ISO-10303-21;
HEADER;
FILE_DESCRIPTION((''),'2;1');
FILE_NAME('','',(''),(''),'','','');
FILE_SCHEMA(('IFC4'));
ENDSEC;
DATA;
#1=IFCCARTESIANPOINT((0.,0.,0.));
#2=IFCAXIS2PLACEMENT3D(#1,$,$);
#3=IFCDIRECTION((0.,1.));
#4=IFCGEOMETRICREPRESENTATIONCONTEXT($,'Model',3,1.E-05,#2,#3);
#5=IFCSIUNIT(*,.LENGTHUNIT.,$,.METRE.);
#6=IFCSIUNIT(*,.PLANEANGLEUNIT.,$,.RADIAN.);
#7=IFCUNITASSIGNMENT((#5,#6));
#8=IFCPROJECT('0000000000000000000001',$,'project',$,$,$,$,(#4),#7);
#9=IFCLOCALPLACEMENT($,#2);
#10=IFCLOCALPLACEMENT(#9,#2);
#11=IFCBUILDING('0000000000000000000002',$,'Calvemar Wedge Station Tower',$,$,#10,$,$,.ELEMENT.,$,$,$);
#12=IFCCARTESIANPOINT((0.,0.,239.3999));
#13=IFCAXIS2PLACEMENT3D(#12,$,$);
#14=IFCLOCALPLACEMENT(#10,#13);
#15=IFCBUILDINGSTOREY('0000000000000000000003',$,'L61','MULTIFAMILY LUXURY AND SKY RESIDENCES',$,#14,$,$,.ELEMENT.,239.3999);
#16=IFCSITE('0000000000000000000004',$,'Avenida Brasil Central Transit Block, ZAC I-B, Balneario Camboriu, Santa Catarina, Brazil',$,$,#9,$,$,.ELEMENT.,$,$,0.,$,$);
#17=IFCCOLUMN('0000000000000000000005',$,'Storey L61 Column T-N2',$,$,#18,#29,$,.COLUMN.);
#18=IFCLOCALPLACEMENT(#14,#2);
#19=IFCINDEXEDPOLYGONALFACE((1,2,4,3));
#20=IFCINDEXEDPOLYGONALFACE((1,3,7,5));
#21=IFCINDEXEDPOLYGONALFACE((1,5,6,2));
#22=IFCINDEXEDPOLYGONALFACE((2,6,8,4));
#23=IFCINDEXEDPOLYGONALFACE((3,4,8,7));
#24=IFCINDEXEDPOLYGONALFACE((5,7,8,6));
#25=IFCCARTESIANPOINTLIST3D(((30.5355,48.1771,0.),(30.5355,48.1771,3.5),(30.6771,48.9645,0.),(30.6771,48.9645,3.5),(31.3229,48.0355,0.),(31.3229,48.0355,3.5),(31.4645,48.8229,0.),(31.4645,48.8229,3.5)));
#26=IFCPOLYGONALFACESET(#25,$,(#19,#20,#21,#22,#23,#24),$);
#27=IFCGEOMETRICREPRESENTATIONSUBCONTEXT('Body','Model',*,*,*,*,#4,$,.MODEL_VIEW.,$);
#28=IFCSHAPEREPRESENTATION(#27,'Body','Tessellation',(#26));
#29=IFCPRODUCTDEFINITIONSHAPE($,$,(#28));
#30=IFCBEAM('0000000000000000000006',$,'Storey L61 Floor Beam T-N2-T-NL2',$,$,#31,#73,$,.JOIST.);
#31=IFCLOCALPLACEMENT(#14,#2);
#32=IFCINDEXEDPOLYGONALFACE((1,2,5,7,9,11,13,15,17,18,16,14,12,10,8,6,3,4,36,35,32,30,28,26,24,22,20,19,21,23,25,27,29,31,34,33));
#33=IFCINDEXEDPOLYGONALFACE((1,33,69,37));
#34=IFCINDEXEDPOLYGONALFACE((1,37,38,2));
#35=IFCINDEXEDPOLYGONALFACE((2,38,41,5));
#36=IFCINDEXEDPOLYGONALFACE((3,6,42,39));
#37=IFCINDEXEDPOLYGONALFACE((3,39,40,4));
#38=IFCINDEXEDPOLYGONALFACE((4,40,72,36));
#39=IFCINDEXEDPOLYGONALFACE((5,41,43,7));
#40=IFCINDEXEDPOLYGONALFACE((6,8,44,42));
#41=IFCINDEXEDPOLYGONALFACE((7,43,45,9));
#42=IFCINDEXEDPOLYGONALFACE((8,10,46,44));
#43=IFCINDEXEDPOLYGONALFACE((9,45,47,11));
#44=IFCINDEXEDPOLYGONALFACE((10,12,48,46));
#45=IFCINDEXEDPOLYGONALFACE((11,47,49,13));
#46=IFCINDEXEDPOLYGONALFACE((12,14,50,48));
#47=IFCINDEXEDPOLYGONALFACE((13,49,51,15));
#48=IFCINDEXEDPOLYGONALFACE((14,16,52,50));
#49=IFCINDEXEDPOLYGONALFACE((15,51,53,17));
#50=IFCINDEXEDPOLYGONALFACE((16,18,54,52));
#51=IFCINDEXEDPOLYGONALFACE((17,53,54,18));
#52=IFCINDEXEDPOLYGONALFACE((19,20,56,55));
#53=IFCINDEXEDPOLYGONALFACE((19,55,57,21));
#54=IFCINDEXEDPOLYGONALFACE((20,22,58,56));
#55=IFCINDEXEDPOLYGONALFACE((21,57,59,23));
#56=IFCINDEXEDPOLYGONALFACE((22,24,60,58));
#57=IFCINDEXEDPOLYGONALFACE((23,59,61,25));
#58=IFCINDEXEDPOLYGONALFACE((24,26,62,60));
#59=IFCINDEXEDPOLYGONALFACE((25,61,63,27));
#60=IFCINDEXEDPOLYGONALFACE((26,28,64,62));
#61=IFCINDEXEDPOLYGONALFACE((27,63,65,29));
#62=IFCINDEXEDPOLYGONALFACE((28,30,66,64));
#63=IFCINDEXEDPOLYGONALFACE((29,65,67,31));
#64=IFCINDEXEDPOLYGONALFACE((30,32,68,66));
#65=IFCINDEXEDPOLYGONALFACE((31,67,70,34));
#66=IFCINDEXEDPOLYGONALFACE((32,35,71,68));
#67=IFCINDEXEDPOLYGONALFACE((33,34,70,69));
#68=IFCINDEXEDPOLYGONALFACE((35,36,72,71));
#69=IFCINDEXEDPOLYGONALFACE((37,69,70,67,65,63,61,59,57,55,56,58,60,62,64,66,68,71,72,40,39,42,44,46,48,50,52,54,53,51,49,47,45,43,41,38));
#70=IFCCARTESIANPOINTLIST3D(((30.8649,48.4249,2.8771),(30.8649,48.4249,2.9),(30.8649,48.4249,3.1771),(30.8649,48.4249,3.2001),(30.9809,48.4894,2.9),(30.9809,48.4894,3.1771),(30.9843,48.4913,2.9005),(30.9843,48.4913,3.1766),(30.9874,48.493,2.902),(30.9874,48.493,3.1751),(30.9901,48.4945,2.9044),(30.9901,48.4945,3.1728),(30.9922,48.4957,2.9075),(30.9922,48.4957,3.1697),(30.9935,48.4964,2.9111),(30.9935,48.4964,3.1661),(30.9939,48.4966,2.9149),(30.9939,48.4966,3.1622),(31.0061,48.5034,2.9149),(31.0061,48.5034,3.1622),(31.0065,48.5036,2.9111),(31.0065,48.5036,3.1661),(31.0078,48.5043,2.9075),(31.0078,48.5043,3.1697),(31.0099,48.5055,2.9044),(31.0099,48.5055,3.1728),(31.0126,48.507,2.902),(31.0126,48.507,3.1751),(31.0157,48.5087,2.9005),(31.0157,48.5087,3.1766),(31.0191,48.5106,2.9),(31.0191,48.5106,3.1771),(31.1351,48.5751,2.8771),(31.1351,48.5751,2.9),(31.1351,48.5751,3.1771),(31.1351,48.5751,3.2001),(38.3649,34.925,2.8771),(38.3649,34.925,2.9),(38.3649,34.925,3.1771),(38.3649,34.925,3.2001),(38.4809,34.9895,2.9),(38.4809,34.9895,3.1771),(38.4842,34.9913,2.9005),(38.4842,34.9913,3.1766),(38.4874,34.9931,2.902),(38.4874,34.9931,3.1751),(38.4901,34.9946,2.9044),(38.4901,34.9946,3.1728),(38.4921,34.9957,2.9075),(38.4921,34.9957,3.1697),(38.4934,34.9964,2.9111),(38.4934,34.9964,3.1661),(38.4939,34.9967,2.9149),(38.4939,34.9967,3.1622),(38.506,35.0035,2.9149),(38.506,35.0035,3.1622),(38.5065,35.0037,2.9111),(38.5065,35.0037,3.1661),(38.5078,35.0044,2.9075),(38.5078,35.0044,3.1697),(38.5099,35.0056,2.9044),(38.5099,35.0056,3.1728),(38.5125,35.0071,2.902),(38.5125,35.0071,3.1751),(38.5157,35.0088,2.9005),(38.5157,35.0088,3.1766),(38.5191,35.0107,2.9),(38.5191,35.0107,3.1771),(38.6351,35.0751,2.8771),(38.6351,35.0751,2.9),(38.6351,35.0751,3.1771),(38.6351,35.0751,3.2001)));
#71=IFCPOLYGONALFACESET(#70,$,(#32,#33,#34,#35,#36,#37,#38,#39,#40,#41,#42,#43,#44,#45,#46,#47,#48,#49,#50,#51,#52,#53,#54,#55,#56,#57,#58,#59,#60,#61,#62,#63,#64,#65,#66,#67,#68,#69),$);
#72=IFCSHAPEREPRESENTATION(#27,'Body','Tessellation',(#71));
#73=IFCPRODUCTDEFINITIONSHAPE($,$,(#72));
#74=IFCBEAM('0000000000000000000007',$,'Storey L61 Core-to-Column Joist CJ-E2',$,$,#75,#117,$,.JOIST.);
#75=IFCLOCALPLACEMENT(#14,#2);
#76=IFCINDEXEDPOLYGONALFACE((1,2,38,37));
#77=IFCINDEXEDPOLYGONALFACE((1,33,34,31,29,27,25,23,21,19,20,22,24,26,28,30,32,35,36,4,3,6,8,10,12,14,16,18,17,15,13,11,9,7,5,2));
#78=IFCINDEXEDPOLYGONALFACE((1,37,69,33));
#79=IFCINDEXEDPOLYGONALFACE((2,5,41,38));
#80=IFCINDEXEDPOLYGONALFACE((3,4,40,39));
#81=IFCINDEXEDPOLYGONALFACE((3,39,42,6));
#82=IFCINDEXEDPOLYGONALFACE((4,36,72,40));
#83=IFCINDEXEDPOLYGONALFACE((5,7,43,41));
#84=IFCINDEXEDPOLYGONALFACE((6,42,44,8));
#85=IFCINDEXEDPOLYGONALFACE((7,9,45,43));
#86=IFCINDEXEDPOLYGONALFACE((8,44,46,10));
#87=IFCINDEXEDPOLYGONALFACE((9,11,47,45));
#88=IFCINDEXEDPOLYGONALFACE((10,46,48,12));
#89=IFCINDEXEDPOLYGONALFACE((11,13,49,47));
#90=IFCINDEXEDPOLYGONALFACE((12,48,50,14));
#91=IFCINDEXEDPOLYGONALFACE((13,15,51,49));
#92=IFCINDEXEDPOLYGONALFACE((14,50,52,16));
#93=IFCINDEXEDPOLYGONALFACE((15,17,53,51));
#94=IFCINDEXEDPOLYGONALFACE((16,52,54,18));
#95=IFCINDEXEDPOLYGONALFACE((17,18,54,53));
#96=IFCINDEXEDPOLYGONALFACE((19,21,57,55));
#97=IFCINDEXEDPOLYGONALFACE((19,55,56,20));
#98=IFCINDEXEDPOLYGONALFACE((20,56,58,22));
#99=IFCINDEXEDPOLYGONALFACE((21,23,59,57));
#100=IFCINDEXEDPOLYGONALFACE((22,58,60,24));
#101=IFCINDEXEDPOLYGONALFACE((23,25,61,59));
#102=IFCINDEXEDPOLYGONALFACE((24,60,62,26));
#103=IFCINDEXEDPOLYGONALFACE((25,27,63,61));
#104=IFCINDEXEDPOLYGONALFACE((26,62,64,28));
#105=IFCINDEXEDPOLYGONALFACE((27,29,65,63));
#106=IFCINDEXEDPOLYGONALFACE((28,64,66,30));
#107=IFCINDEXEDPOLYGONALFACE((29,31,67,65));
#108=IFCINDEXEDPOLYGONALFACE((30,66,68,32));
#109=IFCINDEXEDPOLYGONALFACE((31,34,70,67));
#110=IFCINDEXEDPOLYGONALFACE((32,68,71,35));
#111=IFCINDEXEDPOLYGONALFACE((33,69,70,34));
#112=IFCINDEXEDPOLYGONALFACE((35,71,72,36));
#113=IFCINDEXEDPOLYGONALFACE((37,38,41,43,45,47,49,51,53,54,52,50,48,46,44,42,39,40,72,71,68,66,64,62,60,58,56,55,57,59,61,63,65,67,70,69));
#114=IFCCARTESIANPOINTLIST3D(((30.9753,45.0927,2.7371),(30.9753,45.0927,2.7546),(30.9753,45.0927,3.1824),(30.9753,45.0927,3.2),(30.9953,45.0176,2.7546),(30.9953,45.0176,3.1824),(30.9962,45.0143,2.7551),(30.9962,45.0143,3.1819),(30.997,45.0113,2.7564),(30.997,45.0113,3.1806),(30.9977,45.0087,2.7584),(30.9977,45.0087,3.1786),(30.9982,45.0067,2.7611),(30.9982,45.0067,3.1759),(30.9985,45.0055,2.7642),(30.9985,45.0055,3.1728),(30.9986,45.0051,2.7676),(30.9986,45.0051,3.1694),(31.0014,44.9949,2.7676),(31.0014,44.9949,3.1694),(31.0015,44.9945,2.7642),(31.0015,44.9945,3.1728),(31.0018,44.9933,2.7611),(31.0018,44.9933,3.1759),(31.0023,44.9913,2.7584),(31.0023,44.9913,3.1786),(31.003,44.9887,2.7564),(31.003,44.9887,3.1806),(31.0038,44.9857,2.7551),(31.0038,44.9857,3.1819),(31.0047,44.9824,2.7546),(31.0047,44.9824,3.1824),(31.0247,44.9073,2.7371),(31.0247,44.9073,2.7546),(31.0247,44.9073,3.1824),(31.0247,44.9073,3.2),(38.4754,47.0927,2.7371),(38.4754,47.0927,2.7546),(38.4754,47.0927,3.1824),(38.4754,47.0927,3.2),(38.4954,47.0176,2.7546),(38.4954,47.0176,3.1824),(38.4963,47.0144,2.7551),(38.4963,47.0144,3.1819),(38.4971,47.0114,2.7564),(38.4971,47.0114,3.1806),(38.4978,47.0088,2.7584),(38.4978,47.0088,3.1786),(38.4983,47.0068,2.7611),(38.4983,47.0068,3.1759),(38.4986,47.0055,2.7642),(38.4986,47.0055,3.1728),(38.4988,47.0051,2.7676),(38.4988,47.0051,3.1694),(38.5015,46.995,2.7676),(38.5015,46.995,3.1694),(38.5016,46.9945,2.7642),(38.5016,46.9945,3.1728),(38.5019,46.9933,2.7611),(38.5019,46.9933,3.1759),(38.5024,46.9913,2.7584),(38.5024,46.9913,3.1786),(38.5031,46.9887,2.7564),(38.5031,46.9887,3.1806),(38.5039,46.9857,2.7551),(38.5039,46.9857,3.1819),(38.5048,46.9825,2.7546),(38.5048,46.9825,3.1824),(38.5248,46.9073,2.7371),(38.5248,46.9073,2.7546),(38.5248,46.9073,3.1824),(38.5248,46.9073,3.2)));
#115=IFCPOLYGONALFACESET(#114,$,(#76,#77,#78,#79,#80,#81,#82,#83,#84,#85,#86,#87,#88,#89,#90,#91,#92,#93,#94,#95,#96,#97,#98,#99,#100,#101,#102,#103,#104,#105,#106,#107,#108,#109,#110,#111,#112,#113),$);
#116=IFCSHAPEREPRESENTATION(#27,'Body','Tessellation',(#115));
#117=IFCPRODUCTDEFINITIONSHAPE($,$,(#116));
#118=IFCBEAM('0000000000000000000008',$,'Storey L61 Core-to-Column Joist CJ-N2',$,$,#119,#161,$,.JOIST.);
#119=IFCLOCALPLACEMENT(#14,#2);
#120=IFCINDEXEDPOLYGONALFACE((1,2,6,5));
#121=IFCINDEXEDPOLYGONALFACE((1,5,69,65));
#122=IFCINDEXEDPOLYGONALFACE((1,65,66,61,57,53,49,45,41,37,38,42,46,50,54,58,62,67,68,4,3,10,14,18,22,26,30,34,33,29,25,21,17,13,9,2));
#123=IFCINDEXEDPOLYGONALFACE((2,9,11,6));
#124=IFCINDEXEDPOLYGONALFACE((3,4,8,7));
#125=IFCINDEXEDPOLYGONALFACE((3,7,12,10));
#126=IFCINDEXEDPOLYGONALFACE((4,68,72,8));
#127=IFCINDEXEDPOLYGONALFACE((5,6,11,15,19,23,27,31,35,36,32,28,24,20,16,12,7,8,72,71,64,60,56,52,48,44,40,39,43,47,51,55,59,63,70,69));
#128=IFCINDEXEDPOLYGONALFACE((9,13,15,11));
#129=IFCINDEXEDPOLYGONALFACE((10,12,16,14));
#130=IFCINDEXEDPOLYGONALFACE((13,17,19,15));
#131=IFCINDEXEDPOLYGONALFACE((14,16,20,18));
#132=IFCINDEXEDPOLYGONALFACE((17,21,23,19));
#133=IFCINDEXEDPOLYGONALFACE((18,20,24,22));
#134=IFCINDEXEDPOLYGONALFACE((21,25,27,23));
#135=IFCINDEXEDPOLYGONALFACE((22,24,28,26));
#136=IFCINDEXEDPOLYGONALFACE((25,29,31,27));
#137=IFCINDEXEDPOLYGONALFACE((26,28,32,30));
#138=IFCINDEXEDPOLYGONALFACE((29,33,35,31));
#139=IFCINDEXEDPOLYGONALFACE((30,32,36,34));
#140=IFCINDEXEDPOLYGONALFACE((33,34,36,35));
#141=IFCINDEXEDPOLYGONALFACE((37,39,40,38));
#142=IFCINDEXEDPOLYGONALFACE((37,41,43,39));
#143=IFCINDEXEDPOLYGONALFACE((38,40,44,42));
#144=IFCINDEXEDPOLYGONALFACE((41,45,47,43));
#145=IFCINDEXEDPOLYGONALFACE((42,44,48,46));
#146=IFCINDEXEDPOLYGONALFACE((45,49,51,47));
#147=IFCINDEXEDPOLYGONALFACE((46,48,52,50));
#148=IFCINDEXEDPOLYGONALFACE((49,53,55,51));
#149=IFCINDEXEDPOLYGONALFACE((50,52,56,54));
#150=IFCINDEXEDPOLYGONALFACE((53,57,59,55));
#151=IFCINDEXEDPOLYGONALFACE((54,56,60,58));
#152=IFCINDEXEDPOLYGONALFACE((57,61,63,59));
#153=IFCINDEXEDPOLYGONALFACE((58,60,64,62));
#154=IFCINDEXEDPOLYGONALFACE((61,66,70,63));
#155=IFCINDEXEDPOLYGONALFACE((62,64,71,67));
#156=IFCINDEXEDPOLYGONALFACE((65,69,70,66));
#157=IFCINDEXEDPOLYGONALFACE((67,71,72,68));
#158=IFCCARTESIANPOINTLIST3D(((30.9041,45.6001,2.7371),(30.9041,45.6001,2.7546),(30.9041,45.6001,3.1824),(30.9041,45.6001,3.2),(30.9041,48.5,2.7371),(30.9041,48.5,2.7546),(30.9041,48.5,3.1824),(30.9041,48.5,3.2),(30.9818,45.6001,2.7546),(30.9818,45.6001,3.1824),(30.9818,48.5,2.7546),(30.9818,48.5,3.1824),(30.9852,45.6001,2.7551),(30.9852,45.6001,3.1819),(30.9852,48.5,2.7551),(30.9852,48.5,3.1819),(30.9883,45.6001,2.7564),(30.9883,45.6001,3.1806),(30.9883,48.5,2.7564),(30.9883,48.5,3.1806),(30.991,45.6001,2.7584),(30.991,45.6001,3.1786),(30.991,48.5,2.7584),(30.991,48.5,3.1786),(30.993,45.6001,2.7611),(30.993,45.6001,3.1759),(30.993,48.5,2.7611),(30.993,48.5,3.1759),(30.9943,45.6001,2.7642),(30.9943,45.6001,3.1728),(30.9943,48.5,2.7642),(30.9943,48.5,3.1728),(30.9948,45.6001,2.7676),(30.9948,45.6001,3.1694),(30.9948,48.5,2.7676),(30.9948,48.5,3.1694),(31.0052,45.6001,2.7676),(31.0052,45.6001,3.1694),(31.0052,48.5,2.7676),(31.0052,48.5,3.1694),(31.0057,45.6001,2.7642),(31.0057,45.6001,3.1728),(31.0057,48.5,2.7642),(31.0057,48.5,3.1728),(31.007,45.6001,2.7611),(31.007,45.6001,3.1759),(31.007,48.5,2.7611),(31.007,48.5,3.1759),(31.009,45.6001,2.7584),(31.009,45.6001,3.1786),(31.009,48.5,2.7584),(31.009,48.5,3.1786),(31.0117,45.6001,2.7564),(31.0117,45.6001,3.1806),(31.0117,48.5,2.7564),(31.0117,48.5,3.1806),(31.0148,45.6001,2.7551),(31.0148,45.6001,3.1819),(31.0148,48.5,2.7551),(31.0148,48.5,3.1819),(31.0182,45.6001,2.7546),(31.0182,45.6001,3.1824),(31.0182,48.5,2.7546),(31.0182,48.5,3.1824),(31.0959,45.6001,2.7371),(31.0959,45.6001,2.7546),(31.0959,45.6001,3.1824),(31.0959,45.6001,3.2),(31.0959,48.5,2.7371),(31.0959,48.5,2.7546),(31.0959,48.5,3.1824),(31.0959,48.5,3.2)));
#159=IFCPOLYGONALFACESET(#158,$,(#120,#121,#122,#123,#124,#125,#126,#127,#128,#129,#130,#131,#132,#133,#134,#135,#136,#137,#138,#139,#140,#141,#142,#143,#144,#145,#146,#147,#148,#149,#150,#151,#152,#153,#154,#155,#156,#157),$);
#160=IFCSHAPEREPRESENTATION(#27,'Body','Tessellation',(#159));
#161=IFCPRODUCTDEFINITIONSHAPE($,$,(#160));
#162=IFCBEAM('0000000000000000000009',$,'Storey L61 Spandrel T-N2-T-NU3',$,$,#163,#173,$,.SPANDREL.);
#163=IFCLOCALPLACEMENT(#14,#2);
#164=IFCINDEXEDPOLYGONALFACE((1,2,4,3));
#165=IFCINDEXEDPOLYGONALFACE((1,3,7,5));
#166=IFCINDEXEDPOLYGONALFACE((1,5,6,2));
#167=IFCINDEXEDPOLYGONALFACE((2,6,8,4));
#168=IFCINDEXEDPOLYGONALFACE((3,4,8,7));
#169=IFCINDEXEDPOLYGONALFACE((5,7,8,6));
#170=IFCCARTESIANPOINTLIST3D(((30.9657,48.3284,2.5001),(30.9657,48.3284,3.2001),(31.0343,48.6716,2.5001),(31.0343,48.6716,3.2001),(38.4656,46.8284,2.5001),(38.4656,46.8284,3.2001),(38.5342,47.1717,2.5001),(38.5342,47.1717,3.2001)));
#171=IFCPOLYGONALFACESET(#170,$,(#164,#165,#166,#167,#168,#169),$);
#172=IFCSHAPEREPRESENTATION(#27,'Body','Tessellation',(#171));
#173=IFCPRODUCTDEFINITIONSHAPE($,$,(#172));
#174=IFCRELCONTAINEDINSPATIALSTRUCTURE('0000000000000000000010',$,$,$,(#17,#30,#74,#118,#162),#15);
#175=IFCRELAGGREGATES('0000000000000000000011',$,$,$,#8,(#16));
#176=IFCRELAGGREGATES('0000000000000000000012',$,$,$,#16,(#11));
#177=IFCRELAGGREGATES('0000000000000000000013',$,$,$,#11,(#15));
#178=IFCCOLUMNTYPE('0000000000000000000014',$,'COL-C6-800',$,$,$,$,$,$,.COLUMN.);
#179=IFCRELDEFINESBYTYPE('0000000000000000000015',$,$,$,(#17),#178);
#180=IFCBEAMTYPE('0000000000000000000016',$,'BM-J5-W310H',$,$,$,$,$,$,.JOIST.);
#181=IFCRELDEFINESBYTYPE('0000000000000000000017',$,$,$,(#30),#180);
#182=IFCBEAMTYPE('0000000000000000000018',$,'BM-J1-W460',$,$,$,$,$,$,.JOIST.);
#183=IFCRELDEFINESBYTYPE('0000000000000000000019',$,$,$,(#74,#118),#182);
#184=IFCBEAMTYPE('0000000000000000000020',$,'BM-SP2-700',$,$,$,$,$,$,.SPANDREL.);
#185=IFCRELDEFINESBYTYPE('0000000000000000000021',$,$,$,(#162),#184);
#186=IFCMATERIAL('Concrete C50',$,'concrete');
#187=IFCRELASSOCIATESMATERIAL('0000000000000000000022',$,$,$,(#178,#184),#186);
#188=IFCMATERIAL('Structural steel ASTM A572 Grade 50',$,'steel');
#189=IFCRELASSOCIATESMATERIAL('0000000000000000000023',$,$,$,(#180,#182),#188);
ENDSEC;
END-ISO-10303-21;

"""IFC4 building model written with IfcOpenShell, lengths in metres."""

from ifc_helpers import new_model, si_unit, direction, frame, origin, origin_2d, place, context, subcontext, project, spatial, rectangle, i_section, extrude, source, transform, mapped, material, material_profile, profile_set, type_object, element, save


model = new_model("IFC4")

# Units and contexts
model_context = context("Model", 3, precision=1e-05, world=origin(), true_north=direction((0.0, 1.0)))
body_context = subcontext(model_context, "Body", "Model", "MODEL_VIEW")
ifc_project = project(units=[si_unit("LENGTHUNIT", "METRE"), si_unit("PLANEANGLEUNIT", "RADIAN")], contexts=[model_context])

# Site, building, storey
site_placement = place(None, origin())
site = spatial("IfcSite", under=ifc_project, at=site_placement, Name="Avenida Brasil Central Transit Block, ZAC I-B, Balneario Camboriu, Santa Catarina, Brazil", CompositionType="ELEMENT", RefElevation=0.0)
building_placement = place(site_placement, origin())
building = spatial("IfcBuilding", under=site, at=building_placement, Name="Calvemar Wedge Station Tower", CompositionType="ELEMENT")
storey_placement = place(building_placement, frame((0.0, 0.0, 239.3999)))
storey = spatial("IfcBuildingStorey", under=building, at=storey_placement, Name="L61", Description="MULTIFAMILY LUXURY AND SKY RESIDENCES", CompositionType="ELEMENT", Elevation=239.3999)

# Column
ifc_material_1 = material(Name="Concrete C50", Category="concrete")
ifc_material_profile_1 = material_profile(ifc_material_1, rectangle(XDim=0.8, YDim=0.8, at=origin_2d()), Name="RC800x800")
ifc_profile_set_1 = profile_set([ifc_material_profile_1], Name="Concrete C50")
column_type = type_object("IfcColumnType", Name="COL-C6-800", PredefinedType="COLUMN", material=ifc_profile_set_1)
shared_shape_1 = source(origin(), body_context, "Body", "SweptSolid", [
    extrude(rectangle(XDim=0.8, YDim=0.8, at=origin_2d()), origin(), (0.0, 0.0, 1.0), 3.5),
])
column_placement = place(storey_placement, frame((31.0, 48.5, 0.0), z_axis=(0.0, 0.0, 1.0), x_axis=(0.984196, -0.177085, 0.0)))
element("IfcColumn", 1, at=column_placement, inside=storey, type_object=column_type, Name="Storey L61 Column T-N2", PredefinedType="COLUMN", context=body_context, shape_type="MappedRepresentation", body=[
    mapped(shared_shape_1, transform((0.0, 0.0, 0.0), scale=1.0)),
])

# Beams
ifc_material_2 = material(Name="Structural steel ASTM A572 Grade 50", Category="steel")
ifc_material_profile_2 = material_profile(ifc_material_2, i_section(OverallWidth=0.3091, OverallDepth=0.323, WebThickness=0.0139, FlangeThickness=0.0229, FilletRadius=0.0149, at=origin_2d()), Name="W310x143")
ifc_profile_set_2 = profile_set([ifc_material_profile_2], Name="Structural steel ASTM A572 Grade 50")
beam_type_1 = type_object("IfcBeamType", Name="BM-J5-W310H", PredefinedType="JOIST", material=ifc_profile_set_2)
shared_shape_2 = source(origin(), body_context, "Body", "SweptSolid", [
    extrude(i_section(OverallWidth=0.3091, OverallDepth=0.323, WebThickness=0.0139, FlangeThickness=0.0229, FilletRadius=0.0149, at=origin_2d()), origin(), (0.0, 0.0, 1.0), 15.4434),
])
beam_1_placement = place(storey_placement, frame((31.0, 48.5, 3.0386), z_axis=(0.485643, -0.874157, 0.0), x_axis=(0.874157, 0.485643, 0.0)))
element("IfcBeam", 2, at=beam_1_placement, inside=storey, type_object=beam_type_1, Name="Storey L61 Floor Beam T-N2-T-NL2", PredefinedType="JOIST", context=body_context, shape_type="MappedRepresentation", body=[
    mapped(shared_shape_2, transform((0.0, 0.0, 0.0), scale=1.0)),
])
ifc_material_profile_3 = material_profile(ifc_material_2, i_section(OverallWidth=0.1919, OverallDepth=0.4629, WebThickness=0.0105, FlangeThickness=0.0176, FilletRadius=0.0129, at=origin_2d()), Name="W460x89")
ifc_profile_set_3 = profile_set([ifc_material_profile_3], Name="Structural steel ASTM A572 Grade 50")
beam_type_2 = type_object("IfcBeamType", Name="BM-J1-W460", PredefinedType="JOIST", material=ifc_profile_set_3)
shared_shape_3 = source(origin(), body_context, "Body", "SweptSolid", [
    extrude(i_section(OverallWidth=0.1919, OverallDepth=0.4629, WebThickness=0.0105, FlangeThickness=0.0176, FilletRadius=0.0129, at=origin_2d()), origin(), (0.0, 0.0, 1.0), 7.7622),
])
beam_2_placement = place(storey_placement, frame((31.0, 45.0, 2.9685), z_axis=(0.966235, 0.257663, 0.0), x_axis=(-0.257663, 0.966235, 0.0)))
element("IfcBeam", 3, at=beam_2_placement, inside=storey, type_object=beam_type_2, Name="Storey L61 Core-to-Column Joist CJ-E2", PredefinedType="JOIST", context=body_context, shape_type="MappedRepresentation", body=[
    mapped(shared_shape_3, transform((0.0, 0.0, 0.0), scale=1.0)),
])
shared_shape_4 = source(origin(), body_context, "Body", "SweptSolid", [
    extrude(i_section(OverallWidth=0.1919, OverallDepth=0.4629, WebThickness=0.0105, FlangeThickness=0.0176, FilletRadius=0.0129, at=origin_2d()), origin(), (0.0, 0.0, 1.0), 2.8999),
])
beam_3_placement = place(storey_placement, frame((31.0, 45.6001, 2.9685), z_axis=(0.0, 1.0, 0.0), x_axis=(-1.0, 0.0, 0.0)))
element("IfcBeam", 4, at=beam_3_placement, inside=storey, type_object=beam_type_2, Name="Storey L61 Core-to-Column Joist CJ-N2", PredefinedType="JOIST", context=body_context, shape_type="MappedRepresentation", body=[
    mapped(shared_shape_4, transform((0.0, 0.0, 0.0), scale=1.0)),
])
ifc_material_profile_4 = material_profile(ifc_material_1, rectangle(XDim=0.3501, YDim=0.7, at=origin_2d()), Name="RC350x700")
ifc_profile_set_4 = profile_set([ifc_material_profile_4], Name="Concrete C50")
beam_type_3 = type_object("IfcBeamType", Name="BM-SP2-700", PredefinedType="SPANDREL", material=ifc_profile_set_4)
shared_shape_5 = source(origin(), body_context, "Body", "SweptSolid", [
    extrude(rectangle(XDim=0.3501, YDim=0.7, at=origin_2d()), origin(), (0.0, 0.0, 1.0), 7.6484),
])
beam_4_placement = place(storey_placement, frame((31.0, 48.5, 2.8501), z_axis=(0.980581, -0.196116, 0.0), x_axis=(0.196116, 0.980581, 0.0)))
element("IfcBeam", 5, at=beam_4_placement, inside=storey, type_object=beam_type_3, Name="Storey L61 Spandrel T-N2-T-NU3", PredefinedType="SPANDREL", context=body_context, shape_type="MappedRepresentation", body=[
    mapped(shared_shape_5, transform((0.0, 0.0, 0.0), scale=1.0)),
])

save(model, "model.ifc")
